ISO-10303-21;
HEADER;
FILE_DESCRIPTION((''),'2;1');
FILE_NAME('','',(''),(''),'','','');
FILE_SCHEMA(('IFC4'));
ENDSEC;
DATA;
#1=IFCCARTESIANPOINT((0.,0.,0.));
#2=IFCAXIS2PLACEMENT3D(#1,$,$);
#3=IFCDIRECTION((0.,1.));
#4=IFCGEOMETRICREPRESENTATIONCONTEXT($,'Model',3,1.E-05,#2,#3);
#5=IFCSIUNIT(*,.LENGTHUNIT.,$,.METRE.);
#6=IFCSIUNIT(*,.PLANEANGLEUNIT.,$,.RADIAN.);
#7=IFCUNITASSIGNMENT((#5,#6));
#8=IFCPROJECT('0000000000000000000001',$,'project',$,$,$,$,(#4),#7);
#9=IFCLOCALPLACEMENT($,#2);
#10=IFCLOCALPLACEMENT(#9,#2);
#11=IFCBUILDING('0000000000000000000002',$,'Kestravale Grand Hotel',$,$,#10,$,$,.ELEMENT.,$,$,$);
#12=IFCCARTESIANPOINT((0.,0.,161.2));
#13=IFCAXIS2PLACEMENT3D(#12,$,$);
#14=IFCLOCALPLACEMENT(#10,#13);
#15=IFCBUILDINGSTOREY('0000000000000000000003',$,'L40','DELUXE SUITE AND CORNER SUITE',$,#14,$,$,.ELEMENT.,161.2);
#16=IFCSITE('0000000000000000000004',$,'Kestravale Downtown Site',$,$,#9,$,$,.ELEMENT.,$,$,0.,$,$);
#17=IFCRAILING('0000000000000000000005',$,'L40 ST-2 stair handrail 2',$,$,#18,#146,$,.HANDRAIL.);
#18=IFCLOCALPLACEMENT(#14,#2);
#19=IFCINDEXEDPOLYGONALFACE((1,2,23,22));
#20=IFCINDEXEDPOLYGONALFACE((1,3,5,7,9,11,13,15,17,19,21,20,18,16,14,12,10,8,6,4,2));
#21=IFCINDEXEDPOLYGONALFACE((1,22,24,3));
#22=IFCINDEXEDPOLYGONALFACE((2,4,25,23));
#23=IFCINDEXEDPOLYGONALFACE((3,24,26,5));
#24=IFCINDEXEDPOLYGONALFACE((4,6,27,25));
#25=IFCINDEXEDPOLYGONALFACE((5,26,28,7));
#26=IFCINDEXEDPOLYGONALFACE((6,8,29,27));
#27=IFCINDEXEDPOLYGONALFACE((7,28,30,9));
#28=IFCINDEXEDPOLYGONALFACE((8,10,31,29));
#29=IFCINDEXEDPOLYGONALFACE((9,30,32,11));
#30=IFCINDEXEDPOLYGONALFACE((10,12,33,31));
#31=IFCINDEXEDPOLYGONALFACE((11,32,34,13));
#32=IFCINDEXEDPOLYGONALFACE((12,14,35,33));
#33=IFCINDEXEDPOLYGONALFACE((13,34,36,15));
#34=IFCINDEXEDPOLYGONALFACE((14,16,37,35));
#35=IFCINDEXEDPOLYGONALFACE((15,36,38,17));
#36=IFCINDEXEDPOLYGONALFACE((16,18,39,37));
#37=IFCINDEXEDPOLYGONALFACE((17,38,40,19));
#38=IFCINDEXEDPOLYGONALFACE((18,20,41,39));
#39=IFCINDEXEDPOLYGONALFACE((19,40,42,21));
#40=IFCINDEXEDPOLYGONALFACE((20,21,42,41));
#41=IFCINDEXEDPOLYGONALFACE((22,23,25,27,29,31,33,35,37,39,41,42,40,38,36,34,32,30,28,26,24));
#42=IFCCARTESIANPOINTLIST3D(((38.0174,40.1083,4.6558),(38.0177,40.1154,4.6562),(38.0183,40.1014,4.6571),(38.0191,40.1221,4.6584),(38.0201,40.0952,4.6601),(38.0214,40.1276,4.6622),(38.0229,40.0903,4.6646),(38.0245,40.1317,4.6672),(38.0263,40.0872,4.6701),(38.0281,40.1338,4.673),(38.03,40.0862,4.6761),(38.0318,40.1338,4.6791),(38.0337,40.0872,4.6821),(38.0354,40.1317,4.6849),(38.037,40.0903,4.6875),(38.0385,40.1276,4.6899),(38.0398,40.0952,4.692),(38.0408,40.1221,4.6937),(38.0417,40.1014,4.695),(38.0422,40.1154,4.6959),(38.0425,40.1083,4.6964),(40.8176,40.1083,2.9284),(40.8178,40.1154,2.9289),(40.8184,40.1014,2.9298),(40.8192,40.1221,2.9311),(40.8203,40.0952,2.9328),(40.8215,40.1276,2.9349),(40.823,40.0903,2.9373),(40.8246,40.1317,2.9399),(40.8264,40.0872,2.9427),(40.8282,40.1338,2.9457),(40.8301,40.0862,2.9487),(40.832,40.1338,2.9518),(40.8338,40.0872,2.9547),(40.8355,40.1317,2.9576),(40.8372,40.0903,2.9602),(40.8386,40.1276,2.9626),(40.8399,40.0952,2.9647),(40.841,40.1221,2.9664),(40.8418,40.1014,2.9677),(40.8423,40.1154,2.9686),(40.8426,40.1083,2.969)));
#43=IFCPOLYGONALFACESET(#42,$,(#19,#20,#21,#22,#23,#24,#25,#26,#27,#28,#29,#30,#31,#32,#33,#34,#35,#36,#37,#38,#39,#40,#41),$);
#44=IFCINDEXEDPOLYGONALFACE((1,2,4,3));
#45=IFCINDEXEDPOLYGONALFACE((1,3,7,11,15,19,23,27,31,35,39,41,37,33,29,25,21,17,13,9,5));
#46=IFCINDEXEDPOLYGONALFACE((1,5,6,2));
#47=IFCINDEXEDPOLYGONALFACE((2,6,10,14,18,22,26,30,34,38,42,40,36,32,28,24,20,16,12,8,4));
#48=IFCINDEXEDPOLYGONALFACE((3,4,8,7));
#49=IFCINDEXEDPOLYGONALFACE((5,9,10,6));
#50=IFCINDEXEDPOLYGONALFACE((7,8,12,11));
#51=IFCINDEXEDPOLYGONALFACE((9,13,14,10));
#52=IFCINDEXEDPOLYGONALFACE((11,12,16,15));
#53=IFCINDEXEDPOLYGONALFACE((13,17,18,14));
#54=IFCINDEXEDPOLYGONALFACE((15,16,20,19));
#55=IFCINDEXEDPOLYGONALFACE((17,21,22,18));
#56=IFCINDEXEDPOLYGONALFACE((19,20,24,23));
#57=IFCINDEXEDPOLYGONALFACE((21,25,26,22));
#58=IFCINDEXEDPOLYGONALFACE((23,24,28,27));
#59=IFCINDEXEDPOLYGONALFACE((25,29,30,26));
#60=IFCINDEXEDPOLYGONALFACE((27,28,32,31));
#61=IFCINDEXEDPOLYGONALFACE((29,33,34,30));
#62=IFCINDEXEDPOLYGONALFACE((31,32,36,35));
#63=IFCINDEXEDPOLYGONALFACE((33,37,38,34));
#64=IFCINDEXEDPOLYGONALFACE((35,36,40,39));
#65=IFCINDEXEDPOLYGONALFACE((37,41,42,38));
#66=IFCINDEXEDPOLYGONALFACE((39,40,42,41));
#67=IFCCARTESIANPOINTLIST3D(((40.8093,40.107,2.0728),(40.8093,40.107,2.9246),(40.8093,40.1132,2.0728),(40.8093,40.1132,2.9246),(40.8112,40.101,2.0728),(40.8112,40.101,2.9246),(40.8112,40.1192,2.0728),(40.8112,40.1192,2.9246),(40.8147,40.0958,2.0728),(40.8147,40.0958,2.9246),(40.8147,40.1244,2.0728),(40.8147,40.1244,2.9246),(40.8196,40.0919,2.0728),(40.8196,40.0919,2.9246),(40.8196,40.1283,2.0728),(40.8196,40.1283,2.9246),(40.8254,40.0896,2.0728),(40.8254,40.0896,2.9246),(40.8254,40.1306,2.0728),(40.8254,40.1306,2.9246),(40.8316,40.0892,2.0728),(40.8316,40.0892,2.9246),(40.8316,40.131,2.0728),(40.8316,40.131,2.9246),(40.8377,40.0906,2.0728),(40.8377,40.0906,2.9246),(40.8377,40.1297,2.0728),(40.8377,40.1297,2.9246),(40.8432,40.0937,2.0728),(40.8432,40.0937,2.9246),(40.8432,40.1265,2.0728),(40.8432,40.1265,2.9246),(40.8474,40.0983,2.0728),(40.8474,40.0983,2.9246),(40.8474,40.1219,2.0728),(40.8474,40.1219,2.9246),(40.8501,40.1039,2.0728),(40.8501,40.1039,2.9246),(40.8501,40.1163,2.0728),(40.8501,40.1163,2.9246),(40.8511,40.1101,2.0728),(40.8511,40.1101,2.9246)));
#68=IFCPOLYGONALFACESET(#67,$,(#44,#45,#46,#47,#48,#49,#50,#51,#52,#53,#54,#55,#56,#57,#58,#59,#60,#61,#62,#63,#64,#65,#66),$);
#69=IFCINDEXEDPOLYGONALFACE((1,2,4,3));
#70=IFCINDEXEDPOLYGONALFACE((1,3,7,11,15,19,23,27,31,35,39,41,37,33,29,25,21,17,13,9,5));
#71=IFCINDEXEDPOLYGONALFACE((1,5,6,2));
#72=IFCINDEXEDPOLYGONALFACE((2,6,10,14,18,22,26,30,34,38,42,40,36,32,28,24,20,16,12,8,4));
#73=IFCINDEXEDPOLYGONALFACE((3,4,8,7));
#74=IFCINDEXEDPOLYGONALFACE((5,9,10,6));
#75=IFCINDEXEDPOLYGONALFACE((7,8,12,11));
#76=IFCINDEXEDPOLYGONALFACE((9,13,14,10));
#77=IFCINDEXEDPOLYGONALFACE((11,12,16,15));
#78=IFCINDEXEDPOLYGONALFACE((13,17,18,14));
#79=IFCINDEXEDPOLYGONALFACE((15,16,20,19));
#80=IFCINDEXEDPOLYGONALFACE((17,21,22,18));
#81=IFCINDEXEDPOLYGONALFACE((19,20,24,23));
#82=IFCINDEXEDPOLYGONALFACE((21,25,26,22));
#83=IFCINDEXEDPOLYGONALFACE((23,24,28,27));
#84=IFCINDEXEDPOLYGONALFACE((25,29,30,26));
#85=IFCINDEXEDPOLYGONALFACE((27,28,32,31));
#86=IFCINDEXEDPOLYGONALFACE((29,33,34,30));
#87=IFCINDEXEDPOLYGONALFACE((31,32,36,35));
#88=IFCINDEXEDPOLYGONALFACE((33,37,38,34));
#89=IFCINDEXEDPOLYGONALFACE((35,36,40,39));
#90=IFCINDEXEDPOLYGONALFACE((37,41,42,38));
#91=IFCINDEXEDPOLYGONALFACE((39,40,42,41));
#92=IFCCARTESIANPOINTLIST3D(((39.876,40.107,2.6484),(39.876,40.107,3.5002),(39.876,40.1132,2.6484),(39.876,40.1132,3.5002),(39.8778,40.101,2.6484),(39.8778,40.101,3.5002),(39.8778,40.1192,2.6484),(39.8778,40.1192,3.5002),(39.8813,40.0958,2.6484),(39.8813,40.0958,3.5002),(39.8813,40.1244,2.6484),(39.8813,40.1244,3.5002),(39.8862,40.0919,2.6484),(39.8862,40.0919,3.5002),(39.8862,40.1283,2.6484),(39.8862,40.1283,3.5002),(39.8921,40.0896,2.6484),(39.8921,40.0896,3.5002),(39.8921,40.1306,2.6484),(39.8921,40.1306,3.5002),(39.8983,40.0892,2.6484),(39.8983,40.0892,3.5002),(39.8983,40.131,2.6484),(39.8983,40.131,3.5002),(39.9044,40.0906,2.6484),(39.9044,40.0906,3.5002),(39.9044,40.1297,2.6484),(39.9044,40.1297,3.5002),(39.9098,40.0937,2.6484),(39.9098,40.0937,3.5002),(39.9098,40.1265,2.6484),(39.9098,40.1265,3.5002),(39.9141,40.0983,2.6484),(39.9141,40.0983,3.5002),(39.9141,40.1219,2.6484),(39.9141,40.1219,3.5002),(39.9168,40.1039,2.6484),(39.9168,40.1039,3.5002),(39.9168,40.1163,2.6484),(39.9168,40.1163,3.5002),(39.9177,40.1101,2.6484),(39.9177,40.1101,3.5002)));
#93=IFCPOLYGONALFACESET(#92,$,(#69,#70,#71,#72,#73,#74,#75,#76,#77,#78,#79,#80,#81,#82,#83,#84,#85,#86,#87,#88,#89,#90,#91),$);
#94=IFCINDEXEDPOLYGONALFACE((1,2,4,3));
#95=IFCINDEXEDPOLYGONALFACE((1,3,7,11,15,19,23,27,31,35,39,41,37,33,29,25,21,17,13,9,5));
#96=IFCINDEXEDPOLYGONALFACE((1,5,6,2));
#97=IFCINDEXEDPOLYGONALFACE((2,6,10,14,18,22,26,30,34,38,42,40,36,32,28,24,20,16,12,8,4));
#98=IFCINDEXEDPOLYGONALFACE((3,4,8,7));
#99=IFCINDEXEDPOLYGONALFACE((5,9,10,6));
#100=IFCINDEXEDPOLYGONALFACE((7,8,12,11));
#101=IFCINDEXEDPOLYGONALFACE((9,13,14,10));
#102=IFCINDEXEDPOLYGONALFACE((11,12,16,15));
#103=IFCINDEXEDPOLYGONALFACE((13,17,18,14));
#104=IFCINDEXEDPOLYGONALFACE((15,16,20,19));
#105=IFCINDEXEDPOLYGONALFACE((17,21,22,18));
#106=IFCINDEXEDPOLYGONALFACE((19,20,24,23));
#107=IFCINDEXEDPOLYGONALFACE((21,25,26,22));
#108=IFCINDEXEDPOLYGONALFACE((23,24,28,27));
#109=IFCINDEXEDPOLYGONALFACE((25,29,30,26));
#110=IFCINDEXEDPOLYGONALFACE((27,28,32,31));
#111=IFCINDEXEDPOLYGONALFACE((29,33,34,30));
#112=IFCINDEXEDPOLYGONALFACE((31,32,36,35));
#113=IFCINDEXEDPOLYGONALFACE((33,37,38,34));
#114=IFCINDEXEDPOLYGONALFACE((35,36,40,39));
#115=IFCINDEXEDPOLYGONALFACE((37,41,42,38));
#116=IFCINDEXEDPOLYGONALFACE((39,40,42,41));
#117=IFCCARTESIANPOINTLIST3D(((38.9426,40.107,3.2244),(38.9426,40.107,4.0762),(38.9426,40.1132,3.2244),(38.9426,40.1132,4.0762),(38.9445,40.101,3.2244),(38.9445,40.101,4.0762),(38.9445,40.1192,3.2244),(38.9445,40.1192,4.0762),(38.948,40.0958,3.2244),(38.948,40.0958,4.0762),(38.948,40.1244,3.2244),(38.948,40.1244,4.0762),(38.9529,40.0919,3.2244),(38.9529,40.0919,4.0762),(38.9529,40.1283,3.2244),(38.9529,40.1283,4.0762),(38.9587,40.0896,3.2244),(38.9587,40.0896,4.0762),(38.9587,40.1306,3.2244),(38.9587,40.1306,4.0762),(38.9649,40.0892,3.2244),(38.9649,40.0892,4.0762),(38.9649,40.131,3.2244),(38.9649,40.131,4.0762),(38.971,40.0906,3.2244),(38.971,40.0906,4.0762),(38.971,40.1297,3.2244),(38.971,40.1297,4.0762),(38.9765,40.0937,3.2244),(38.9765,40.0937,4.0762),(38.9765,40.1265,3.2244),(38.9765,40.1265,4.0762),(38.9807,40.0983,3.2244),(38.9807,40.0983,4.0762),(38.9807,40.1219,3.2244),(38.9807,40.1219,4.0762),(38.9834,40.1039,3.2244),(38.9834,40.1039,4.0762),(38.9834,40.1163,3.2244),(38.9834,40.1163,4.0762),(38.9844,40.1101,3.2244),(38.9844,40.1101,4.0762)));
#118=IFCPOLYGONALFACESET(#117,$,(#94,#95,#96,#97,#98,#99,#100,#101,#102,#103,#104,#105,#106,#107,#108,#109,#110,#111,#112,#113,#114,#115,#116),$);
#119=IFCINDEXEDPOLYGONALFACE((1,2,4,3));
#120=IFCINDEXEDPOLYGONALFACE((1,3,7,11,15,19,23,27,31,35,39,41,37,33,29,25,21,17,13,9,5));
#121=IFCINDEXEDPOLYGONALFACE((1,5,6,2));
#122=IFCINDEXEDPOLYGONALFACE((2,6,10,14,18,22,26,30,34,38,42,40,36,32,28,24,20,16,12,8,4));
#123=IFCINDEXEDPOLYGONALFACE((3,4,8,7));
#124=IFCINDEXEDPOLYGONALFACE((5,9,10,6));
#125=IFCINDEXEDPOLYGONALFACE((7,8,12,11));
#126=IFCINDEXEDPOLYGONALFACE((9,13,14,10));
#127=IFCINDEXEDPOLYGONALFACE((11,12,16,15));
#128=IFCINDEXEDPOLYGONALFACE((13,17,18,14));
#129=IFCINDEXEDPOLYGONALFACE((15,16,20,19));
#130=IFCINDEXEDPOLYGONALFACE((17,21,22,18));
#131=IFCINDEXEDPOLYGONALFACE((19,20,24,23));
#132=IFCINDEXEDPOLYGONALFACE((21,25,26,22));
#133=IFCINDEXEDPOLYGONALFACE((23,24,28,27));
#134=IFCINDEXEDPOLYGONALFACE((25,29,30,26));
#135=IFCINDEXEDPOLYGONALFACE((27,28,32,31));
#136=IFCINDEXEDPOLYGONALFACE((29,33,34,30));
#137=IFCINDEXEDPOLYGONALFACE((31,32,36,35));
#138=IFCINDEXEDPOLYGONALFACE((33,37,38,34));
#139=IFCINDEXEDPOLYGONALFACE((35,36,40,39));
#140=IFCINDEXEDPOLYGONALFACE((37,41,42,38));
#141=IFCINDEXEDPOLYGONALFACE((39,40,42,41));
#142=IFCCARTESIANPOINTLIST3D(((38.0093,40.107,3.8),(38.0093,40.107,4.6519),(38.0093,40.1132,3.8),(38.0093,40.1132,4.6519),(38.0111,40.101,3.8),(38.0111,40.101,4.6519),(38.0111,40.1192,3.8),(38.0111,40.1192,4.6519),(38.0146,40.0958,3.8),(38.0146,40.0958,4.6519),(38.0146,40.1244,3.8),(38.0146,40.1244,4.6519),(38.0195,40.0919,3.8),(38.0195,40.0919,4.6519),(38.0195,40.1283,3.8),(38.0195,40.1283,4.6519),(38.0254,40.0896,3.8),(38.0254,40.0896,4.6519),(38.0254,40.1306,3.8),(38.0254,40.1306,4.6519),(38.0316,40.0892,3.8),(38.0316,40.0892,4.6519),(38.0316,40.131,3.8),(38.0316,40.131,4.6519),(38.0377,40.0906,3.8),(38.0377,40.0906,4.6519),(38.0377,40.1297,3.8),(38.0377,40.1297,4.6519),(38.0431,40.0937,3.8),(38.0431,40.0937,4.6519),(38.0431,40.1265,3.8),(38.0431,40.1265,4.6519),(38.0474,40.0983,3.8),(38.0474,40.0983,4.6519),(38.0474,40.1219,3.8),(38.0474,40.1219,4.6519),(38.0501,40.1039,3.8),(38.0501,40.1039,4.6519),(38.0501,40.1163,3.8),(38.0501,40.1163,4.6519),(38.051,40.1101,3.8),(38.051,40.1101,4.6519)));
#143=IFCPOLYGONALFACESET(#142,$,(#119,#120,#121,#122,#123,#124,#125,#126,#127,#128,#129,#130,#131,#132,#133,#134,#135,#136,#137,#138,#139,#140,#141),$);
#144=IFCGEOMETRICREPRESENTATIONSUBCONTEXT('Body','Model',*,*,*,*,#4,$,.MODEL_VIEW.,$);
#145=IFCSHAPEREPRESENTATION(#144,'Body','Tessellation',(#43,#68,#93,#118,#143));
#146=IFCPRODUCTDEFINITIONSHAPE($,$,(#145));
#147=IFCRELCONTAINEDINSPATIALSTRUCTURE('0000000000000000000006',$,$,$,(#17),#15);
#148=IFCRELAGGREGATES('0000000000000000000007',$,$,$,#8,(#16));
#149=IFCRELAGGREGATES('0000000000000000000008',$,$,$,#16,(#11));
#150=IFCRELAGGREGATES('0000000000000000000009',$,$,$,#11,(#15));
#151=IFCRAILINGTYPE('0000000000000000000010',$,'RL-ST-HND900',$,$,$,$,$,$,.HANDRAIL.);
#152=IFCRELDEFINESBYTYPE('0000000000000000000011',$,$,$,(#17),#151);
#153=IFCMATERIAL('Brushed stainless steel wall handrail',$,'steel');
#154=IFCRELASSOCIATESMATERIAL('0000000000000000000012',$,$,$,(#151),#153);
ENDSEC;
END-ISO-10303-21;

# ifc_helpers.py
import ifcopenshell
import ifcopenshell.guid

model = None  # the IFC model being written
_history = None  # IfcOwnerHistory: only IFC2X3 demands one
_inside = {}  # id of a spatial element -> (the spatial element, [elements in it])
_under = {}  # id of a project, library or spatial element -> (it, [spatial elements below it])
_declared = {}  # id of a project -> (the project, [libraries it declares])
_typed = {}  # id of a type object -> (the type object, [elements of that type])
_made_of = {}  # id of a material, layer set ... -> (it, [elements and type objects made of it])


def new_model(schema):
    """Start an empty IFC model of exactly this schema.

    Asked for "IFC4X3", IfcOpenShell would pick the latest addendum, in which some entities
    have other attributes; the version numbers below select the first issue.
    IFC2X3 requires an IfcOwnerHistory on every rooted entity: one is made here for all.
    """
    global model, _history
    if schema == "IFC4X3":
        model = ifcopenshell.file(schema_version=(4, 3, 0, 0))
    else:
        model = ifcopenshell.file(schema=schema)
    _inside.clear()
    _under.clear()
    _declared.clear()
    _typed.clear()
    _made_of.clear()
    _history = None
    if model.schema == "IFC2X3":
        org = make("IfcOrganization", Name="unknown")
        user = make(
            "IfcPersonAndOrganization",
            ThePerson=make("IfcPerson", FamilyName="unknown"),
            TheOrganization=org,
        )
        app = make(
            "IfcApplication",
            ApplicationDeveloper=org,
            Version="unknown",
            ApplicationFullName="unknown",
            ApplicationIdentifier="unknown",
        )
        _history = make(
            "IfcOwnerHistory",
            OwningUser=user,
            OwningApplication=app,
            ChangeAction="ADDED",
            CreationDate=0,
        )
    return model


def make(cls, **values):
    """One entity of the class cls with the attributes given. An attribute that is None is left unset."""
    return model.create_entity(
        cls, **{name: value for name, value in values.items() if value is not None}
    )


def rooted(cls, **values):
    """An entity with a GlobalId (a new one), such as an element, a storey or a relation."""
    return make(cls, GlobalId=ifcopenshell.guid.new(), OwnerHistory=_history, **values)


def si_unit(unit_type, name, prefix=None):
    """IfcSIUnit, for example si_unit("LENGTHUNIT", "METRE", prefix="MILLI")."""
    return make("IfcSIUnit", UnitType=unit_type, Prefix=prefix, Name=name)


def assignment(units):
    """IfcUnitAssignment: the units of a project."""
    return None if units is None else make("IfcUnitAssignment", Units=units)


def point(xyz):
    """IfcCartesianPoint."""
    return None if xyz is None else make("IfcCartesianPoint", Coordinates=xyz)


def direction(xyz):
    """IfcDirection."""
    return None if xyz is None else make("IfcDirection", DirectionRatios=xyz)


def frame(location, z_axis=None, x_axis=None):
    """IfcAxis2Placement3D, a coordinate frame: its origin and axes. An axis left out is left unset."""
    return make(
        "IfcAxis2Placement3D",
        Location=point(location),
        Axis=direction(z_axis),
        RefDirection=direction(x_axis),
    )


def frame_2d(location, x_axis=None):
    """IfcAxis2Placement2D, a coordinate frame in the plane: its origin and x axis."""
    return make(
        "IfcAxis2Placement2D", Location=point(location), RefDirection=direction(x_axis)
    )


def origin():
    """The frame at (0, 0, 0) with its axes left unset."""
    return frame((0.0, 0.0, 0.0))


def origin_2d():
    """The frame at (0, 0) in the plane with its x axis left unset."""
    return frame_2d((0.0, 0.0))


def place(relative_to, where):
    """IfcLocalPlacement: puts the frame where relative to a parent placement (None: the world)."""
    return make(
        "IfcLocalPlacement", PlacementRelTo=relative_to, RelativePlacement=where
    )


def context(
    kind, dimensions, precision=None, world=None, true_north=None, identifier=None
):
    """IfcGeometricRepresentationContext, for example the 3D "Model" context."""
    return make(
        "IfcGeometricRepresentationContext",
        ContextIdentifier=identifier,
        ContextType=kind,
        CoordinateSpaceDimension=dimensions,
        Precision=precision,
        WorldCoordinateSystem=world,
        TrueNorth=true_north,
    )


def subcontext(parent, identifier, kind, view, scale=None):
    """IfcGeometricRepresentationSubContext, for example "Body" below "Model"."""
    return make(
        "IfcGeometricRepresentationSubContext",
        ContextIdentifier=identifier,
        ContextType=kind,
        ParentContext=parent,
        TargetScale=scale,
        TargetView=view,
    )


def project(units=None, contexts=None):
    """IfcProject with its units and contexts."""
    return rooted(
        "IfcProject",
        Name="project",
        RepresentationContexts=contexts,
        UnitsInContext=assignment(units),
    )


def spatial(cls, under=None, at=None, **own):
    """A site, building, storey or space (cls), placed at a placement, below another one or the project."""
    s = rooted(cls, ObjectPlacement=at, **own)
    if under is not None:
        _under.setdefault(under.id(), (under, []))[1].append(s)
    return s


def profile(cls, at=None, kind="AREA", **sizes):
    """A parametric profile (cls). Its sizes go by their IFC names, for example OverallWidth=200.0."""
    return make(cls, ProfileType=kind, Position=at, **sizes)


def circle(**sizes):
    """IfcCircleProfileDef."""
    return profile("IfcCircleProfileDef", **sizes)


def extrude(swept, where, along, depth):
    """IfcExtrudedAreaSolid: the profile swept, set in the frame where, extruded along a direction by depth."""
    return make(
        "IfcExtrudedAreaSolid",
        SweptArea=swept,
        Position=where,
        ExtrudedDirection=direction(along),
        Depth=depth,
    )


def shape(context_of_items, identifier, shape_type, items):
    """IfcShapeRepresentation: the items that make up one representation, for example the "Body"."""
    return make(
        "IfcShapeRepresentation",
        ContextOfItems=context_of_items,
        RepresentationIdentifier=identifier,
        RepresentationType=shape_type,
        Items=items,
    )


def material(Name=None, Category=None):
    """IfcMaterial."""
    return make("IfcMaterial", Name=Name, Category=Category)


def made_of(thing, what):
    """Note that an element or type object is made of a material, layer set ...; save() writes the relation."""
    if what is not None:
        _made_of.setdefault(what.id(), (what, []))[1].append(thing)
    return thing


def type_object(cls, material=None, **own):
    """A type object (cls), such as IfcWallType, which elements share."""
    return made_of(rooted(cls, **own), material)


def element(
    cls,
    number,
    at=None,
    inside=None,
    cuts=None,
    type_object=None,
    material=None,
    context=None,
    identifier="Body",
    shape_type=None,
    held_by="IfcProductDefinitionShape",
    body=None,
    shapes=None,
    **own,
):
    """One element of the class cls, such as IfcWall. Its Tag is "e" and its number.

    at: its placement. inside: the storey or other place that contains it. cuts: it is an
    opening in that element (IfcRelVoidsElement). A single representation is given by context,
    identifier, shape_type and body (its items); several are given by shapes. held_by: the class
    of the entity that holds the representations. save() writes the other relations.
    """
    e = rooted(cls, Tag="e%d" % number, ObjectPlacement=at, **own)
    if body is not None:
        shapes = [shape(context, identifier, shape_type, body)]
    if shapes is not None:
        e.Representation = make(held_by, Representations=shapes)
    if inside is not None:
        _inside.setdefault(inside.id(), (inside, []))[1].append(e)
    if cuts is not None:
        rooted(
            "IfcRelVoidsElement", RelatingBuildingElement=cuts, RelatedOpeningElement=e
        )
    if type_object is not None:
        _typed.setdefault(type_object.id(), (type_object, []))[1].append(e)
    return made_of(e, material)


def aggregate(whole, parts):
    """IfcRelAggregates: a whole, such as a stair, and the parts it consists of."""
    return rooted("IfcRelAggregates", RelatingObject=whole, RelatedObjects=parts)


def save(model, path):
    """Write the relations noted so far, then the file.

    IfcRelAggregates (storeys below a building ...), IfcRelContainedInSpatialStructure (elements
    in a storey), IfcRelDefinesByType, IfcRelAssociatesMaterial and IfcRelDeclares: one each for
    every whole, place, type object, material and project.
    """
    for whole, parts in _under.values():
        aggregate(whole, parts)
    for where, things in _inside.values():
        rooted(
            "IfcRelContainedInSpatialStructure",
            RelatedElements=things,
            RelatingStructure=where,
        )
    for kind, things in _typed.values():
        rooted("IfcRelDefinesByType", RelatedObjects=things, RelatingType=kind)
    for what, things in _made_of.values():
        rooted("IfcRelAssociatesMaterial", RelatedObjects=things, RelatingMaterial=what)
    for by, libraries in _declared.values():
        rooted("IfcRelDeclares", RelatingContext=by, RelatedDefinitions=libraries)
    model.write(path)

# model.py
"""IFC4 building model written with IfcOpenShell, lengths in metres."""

from ifc_helpers import new_model, si_unit, direction, frame, origin, origin_2d, place, context, subcontext, project, spatial, circle, extrude, material, type_object, element, save


model = new_model("IFC4")

# Units and contexts
model_context = context("Model", 3, precision=1e-05, world=origin(), true_north=direction((0.0, 1.0)))
body_context = subcontext(model_context, "Body", "Model", "MODEL_VIEW")
ifc_project = project(units=[si_unit("LENGTHUNIT", "METRE"), si_unit("PLANEANGLEUNIT", "RADIAN")], contexts=[model_context])

# Site, building, storey
site_placement = place(None, origin())
site = spatial("IfcSite", under=ifc_project, at=site_placement, Name="Kestravale Downtown Site", CompositionType="ELEMENT", RefElevation=0.0)
building_placement = place(site_placement, origin())
building = spatial("IfcBuilding", under=site, at=building_placement, Name="Kestravale Grand Hotel", CompositionType="ELEMENT")
storey_placement = place(building_placement, frame((0.0, 0.0, 161.2)))
storey = spatial("IfcBuildingStorey", under=building, at=storey_placement, Name="L40", Description="DELUXE SUITE AND CORNER SUITE", CompositionType="ELEMENT", Elevation=161.2)

# Railing
ifc_material_1 = material(Name="Brushed stainless steel wall handrail", Category="steel")
railing_type_1 = type_object("IfcRailingType", Name="RL-ST-HND900", PredefinedType="HANDRAIL", material=ifc_material_1)
railing_1_placement = place(storey_placement, frame((40.8301, 40.1101, 2.0728)))
element("IfcRailing", 1, at=railing_1_placement, inside=storey, type_object=railing_type_1, Name="L40 ST-2 stair handrail 2", PredefinedType="HANDRAIL", context=body_context, shape_type="SweptSolid", body=[
    extrude(circle(Radius=0.0239, at=origin_2d()), frame((0.0, 0.0, 0.876), z_axis=(-0.85109, 0.0, 0.52502), x_axis=(0.0, -1.0, 0.0)), (0.0, 0.0, 1.0), 3.29),
    extrude(circle(Radius=0.021, at=origin_2d()), origin(), (0.0, 0.0, 1.0), 0.8518),
    extrude(circle(Radius=0.021, at=origin_2d()), frame((-0.9333, 0.0, 0.5757)), (0.0, 0.0, 1.0), 0.8518),
    extrude(circle(Radius=0.021, at=origin_2d()), frame((-1.8667, 0.0, 1.1516)), (0.0, 0.0, 1.0), 0.8518),
    extrude(circle(Radius=0.021, at=origin_2d()), frame((-2.8, 0.0, 1.7273)), (0.0, 0.0, 1.0), 0.8518),
])

save(model, "model.ifc")
